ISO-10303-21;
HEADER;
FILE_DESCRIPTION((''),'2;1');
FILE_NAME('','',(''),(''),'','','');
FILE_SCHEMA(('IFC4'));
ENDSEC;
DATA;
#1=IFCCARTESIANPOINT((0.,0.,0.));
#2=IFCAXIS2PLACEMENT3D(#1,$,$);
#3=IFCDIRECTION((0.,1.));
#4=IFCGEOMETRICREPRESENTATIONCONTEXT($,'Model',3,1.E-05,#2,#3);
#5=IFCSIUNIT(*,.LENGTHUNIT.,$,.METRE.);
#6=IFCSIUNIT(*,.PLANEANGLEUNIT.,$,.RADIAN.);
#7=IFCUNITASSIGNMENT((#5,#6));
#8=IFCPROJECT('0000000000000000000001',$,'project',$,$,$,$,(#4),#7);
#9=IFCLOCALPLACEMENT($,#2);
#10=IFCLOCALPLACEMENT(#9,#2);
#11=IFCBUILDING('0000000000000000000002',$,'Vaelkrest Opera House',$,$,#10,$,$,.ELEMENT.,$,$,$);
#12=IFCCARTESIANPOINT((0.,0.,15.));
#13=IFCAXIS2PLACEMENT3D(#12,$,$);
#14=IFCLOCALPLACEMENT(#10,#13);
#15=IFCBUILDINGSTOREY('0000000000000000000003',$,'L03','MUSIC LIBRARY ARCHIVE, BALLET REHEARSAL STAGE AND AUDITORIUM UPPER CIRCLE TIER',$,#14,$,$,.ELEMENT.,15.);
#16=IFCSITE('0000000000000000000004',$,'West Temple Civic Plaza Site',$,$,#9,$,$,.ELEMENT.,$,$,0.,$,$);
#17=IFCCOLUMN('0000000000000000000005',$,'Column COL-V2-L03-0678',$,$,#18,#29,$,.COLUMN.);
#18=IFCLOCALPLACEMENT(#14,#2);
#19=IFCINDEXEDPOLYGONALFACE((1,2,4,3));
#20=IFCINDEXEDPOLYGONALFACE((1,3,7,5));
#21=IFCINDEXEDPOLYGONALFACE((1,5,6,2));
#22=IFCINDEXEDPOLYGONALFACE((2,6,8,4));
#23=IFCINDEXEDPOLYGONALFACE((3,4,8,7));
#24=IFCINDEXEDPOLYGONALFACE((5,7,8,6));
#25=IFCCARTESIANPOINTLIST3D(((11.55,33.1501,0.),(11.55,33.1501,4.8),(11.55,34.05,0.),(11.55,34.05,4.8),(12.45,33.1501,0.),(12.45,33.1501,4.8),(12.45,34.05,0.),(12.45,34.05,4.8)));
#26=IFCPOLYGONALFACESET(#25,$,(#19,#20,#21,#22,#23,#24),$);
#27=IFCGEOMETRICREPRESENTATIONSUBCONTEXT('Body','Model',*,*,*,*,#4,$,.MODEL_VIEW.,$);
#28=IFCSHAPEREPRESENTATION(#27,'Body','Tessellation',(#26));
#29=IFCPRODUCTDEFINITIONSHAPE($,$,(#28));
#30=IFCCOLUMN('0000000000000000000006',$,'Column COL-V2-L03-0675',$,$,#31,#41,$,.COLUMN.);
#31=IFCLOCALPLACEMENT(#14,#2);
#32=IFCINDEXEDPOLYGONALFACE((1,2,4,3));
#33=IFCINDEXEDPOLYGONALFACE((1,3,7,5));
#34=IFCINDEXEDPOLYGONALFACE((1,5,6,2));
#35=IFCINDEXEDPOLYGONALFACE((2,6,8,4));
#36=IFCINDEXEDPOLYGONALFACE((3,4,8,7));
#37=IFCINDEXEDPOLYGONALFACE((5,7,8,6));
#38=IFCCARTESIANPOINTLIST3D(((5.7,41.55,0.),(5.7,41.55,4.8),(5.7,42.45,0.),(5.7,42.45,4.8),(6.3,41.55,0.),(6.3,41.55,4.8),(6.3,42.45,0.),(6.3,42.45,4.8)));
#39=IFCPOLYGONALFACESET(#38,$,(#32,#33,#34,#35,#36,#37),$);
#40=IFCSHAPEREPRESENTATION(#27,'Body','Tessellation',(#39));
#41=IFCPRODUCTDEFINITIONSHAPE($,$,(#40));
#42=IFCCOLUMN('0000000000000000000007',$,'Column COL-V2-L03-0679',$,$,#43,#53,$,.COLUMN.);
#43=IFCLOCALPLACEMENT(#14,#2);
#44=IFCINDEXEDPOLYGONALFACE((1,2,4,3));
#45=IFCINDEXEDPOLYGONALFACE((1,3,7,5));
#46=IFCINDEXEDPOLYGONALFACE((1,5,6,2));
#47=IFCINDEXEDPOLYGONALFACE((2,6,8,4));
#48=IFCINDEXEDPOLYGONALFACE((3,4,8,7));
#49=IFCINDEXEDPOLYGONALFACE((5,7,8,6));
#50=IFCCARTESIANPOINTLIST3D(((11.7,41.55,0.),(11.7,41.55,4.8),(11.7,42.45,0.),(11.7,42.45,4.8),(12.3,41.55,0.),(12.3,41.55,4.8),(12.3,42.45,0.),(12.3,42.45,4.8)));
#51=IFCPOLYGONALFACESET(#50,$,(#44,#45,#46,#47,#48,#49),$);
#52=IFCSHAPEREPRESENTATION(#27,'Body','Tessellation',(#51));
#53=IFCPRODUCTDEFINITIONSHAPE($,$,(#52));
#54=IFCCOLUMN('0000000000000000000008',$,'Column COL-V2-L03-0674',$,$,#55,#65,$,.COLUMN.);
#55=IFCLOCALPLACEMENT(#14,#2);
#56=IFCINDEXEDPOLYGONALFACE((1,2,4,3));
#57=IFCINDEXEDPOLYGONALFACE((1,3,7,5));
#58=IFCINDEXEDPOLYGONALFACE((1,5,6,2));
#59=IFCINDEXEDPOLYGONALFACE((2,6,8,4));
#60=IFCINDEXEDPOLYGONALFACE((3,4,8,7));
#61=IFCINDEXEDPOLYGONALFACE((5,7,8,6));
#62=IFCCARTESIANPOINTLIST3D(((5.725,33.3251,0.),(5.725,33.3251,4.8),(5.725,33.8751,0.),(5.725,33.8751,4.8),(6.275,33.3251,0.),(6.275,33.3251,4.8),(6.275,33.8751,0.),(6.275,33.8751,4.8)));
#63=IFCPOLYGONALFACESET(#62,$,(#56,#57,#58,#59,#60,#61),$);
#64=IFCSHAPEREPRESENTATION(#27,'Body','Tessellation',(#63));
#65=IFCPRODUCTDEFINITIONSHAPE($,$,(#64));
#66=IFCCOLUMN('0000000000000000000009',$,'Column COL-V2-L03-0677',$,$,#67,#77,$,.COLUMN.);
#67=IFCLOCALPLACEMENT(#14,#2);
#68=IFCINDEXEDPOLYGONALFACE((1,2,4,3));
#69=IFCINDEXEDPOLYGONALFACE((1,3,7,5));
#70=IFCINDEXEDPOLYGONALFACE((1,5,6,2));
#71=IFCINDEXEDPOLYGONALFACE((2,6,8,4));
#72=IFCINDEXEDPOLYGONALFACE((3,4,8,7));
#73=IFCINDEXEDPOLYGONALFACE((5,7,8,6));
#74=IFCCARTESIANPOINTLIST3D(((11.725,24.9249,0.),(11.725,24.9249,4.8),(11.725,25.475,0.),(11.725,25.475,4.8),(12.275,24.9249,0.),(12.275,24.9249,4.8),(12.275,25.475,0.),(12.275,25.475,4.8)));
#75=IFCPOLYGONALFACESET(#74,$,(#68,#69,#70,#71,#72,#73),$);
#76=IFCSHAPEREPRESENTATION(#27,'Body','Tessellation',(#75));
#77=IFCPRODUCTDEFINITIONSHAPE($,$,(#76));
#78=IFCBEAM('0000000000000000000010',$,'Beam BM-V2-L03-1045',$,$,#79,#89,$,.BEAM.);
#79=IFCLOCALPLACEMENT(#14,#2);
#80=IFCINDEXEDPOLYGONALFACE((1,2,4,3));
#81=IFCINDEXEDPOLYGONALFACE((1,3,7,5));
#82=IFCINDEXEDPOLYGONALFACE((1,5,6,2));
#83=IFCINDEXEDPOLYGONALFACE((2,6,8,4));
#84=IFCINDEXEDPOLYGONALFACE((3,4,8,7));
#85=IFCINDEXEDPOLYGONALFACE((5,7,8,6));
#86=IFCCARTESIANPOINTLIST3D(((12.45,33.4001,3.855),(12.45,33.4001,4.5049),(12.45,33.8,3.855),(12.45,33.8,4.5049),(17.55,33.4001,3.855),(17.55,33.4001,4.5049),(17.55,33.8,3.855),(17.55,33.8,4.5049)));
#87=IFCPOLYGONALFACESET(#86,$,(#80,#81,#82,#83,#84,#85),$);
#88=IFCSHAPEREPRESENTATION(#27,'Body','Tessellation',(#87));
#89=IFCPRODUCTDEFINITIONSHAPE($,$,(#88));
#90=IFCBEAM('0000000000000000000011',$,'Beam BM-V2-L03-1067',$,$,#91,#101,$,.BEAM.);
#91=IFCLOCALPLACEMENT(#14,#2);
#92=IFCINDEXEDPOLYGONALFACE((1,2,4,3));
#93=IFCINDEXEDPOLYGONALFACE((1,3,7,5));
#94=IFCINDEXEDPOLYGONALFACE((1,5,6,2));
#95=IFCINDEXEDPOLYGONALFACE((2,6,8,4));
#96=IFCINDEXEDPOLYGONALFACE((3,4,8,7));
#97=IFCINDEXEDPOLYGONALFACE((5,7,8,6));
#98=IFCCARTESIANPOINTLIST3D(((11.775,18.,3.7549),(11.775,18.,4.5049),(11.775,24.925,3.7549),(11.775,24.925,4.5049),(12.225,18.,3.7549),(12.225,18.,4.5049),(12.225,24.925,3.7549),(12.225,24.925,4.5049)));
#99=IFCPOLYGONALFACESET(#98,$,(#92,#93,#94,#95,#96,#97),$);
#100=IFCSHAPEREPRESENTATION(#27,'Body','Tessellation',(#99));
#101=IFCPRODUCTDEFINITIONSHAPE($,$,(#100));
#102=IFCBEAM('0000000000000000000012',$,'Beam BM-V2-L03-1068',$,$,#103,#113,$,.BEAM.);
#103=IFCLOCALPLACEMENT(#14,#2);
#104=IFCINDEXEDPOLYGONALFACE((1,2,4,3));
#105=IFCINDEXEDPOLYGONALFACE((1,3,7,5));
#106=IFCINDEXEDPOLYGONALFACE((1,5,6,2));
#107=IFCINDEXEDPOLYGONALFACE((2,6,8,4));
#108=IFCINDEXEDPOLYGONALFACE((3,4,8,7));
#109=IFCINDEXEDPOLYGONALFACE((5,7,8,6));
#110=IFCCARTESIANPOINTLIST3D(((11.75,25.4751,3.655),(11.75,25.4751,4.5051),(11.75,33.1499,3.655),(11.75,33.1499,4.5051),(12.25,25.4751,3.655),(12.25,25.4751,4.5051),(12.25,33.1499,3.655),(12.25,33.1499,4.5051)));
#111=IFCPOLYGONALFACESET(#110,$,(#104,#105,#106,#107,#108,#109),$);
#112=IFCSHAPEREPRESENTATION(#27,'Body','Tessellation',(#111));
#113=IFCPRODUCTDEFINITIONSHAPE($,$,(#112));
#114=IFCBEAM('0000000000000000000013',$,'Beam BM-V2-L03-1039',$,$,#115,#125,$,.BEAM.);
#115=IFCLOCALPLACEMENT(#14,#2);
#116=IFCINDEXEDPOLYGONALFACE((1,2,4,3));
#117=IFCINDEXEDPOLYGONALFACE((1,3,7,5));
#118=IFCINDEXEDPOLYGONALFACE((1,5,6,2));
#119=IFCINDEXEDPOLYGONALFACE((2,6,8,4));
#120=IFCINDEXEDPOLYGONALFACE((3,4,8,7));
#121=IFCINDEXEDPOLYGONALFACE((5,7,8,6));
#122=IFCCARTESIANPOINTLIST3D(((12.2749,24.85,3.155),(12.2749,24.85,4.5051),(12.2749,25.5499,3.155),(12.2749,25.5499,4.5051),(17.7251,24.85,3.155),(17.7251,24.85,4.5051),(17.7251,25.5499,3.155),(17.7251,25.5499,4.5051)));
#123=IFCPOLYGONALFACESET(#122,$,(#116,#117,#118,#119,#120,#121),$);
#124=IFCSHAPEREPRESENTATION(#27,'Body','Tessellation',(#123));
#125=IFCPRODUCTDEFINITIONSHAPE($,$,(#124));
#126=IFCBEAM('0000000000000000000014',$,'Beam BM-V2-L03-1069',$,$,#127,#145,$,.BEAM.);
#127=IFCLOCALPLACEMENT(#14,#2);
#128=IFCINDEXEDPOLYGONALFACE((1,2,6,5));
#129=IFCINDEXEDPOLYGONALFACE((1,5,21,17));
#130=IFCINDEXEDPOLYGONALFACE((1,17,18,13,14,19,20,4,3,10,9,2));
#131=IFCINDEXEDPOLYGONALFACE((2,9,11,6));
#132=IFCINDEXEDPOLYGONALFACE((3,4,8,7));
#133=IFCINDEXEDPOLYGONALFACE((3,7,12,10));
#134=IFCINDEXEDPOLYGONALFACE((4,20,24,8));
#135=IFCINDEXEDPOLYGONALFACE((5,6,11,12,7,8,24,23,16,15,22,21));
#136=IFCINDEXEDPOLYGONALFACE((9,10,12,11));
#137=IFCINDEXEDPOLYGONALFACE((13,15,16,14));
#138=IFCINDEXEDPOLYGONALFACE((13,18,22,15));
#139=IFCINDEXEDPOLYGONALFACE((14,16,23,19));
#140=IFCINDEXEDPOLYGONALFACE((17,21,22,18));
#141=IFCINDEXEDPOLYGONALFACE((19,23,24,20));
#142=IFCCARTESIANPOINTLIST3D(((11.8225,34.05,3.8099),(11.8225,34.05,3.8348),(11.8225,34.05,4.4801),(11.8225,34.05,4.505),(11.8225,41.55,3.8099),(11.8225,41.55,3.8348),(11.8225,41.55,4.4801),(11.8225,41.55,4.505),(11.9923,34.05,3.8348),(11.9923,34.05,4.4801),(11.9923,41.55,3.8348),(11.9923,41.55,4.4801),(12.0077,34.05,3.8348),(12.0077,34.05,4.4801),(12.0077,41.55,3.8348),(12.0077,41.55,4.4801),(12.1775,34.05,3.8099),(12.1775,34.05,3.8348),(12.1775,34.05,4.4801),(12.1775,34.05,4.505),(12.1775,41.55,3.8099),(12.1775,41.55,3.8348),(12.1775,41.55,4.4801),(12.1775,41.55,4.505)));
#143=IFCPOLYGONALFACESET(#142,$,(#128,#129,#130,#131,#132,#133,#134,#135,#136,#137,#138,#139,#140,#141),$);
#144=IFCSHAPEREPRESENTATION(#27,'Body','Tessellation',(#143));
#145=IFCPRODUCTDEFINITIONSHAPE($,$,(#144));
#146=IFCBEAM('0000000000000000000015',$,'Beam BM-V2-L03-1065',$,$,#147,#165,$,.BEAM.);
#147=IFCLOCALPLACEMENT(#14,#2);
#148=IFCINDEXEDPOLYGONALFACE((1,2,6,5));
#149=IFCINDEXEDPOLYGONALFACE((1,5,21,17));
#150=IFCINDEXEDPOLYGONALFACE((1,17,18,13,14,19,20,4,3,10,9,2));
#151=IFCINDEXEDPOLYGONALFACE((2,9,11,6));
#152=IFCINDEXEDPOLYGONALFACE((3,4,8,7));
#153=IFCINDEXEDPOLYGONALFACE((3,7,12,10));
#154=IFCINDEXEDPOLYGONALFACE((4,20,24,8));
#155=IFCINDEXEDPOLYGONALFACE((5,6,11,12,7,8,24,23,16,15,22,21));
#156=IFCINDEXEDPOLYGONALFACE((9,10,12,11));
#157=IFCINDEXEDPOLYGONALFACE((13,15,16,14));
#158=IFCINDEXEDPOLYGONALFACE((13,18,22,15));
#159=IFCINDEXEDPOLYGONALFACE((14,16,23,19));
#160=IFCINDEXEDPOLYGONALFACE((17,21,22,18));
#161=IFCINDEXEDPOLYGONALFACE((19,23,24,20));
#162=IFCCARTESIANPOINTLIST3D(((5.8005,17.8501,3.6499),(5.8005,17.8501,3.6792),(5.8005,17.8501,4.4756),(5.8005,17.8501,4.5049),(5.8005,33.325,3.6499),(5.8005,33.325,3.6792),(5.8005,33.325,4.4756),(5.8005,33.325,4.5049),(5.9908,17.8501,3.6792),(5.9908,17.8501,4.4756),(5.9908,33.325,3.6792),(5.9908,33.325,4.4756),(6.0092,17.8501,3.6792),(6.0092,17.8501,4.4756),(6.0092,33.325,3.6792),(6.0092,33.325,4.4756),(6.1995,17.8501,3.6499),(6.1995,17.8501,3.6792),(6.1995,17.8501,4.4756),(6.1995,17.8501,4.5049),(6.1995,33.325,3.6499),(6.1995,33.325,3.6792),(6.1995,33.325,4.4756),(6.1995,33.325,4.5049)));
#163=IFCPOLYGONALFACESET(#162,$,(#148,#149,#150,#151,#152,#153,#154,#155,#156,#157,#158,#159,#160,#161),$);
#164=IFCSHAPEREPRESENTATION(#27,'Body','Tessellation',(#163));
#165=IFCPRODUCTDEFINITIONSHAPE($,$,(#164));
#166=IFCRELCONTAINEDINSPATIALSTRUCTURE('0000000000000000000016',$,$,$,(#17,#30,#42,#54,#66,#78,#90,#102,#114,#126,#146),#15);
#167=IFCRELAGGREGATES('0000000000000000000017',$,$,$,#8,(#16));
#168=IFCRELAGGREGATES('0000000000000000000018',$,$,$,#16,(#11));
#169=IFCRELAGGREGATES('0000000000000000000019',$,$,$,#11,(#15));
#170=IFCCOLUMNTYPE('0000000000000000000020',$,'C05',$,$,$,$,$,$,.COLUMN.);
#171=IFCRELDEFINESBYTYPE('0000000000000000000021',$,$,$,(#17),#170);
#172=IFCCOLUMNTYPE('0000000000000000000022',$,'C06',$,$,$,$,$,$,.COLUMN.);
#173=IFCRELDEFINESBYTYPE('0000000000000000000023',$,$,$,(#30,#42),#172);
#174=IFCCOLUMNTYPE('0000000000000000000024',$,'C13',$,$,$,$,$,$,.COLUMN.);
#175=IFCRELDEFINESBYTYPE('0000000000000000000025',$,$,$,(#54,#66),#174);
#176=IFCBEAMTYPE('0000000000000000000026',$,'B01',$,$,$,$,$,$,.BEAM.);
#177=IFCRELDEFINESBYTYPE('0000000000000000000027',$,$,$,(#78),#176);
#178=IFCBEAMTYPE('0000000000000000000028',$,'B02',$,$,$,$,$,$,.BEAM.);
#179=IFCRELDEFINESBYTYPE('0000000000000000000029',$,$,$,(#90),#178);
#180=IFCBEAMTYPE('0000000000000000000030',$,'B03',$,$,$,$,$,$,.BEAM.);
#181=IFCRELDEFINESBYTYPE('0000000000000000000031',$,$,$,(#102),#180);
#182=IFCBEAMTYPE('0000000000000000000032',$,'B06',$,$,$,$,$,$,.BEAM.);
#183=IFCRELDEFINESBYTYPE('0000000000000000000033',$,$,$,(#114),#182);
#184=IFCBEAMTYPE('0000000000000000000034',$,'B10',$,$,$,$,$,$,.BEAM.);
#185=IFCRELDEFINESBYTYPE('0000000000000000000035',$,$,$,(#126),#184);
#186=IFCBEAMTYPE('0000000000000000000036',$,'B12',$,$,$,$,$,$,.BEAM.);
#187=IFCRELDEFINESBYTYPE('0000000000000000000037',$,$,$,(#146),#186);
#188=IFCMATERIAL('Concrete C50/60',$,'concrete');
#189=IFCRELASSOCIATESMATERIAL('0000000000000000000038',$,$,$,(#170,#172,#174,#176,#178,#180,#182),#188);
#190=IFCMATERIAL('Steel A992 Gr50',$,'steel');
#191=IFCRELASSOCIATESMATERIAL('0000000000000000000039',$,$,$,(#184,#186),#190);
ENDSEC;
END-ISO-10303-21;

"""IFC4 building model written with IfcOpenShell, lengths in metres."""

from ifc_helpers import new_model, si_unit, direction, frame, origin, origin_2d, place, context, subcontext, project, spatial, rectangle, i_section, extrude, material, material_profile, profile_set, type_object, element, save


model = new_model("IFC4")

# Units and contexts
model_context = context("Model", 3, precision=1e-05, world=origin(), true_north=direction((0.0, 1.0)))
body_context = subcontext(model_context, "Body", "Model", "MODEL_VIEW")
ifc_project = project(units=[si_unit("LENGTHUNIT", "METRE"), si_unit("PLANEANGLEUNIT", "RADIAN")], contexts=[model_context])

# Site, building, storey
site_placement = place(None, origin())
site = spatial("IfcSite", under=ifc_project, at=site_placement, Name="West Temple Civic Plaza Site", CompositionType="ELEMENT", RefElevation=0.0)
building_placement = place(site_placement, origin())
building = spatial("IfcBuilding", under=site, at=building_placement, Name="Vaelkrest Opera House", CompositionType="ELEMENT")
storey_placement = place(building_placement, frame((0.0, 0.0, 15.0)))
storey = spatial("IfcBuildingStorey", under=building, at=storey_placement, Name="L03", Description="MUSIC LIBRARY ARCHIVE, BALLET REHEARSAL STAGE AND AUDITORIUM UPPER CIRCLE TIER", CompositionType="ELEMENT", Elevation=15.0)

# Columns
ifc_material_1 = material(Name="Concrete C50/60", Category="concrete")
ifc_material_profile_1 = material_profile(ifc_material_1, rectangle(XDim=0.8999, YDim=0.8999, at=origin_2d()), Name="RC900X900")
ifc_profile_set_1 = profile_set([ifc_material_profile_1], Name="Concrete C50/60")
column_type_1 = type_object("IfcColumnType", Name="C05", PredefinedType="COLUMN", material=ifc_profile_set_1)
column_placement = place(storey_placement, frame((12.0, 33.6001, 0.0), z_axis=(0.0, 0.0, 1.0), x_axis=(1.0, 0.0, 0.0)))
element("IfcColumn", 1, at=column_placement, inside=storey, type_object=column_type_1, Name="Column COL-V2-L03-0678", PredefinedType="COLUMN", context=body_context, shape_type="SweptSolid", body=[
    extrude(rectangle(XDim=0.8999, YDim=0.8999, at=origin_2d()), origin(), (0.0, 0.0, 1.0), 4.8),
])
ifc_material_profile_2 = material_profile(ifc_material_1, rectangle(XDim=0.6001, YDim=0.8999, at=origin_2d()), Name="RC600X900")
ifc_profile_set_2 = profile_set([ifc_material_profile_2], Name="Concrete C50/60")
column_type_2 = type_object("IfcColumnType", Name="C06", PredefinedType="COLUMN", material=ifc_profile_set_2)
for number, where, z_axis, x_axis, name in (
    (2, (6.0, 42.0, 0.0), (0.0, 0.0, 1.0), (1.0, 0.0, 0.0), "Column COL-V2-L03-0675"),
    (3, (12.0, 42.0, 0.0), (0.0, 0.0, 1.0), (1.0, 0.0, 0.0), "Column COL-V2-L03-0679"),
):
    element("IfcColumn", number, at=place(storey_placement, frame(where, z_axis=z_axis, x_axis=x_axis)), inside=storey, type_object=column_type_2, Name=name, PredefinedType="COLUMN", context=body_context, shape_type="SweptSolid", body=[
        extrude(rectangle(XDim=0.6001, YDim=0.8999, at=origin_2d()), origin(), (0.0, 0.0, 1.0), 4.8),
    ])
ifc_material_profile_3 = material_profile(ifc_material_1, rectangle(XDim=0.55, YDim=0.55, at=origin_2d()), Name="RC550X550")
ifc_profile_set_3 = profile_set([ifc_material_profile_3], Name="Concrete C50/60")
column_type_3 = type_object("IfcColumnType", Name="C13", PredefinedType="COLUMN", material=ifc_profile_set_3)
for number, where, z_axis, x_axis, name in (
    (4, (6.0, 33.6001, 0.0), (0.0, 0.0, 1.0), (1.0, 0.0, 0.0), "Column COL-V2-L03-0674"),
    (5, (12.0, 25.2, 0.0), (0.0, 0.0, 1.0), (1.0, 0.0, 0.0), "Column COL-V2-L03-0677"),
):
    element("IfcColumn", number, at=place(storey_placement, frame(where, z_axis=z_axis, x_axis=x_axis)), inside=storey, type_object=column_type_3, Name=name, PredefinedType="COLUMN", context=body_context, shape_type="SweptSolid", body=[
        extrude(rectangle(XDim=0.55, YDim=0.55, at=origin_2d()), origin(), (0.0, 0.0, 1.0), 4.8),
    ])

# Beams
ifc_material_profile_4 = material_profile(ifc_material_1, rectangle(XDim=0.3999, YDim=0.6499, at=origin_2d()), Name="RCB400X650")
ifc_profile_set_4 = profile_set([ifc_material_profile_4], Name="Concrete C50/60")
beam_type_1 = type_object("IfcBeamType", Name="B01", PredefinedType="BEAM", material=ifc_profile_set_4)
beam_1_placement = place(storey_placement, frame((12.45, 33.6001, 4.1799), z_axis=(1.0, 0.0, 0.0), x_axis=(0.0, 1.0, 0.0)))
element("IfcBeam", 6, at=beam_1_placement, inside=storey, type_object=beam_type_1, Name="Beam BM-V2-L03-1045", PredefinedType="BEAM", context=body_context, shape_type="SweptSolid", body=[
    extrude(rectangle(XDim=0.3999, YDim=0.6499, at=origin_2d()), origin(), (0.0, 0.0, 1.0), 5.1001),
])
ifc_material_profile_5 = material_profile(ifc_material_1, rectangle(XDim=0.45, YDim=0.75, at=origin_2d()), Name="RCB450X750")
ifc_profile_set_5 = profile_set([ifc_material_profile_5], Name="Concrete C50/60")
beam_type_2 = type_object("IfcBeamType", Name="B02", PredefinedType="BEAM", material=ifc_profile_set_5)
beam_2_placement = place(storey_placement, frame((12.0, 18.0, 4.1299), z_axis=(0.0, 1.0, 0.0), x_axis=(-1.0, 0.0, 0.0)))
element("IfcBeam", 7, at=beam_2_placement, inside=storey, type_object=beam_type_2, Name="Beam BM-V2-L03-1067", PredefinedType="BEAM", context=body_context, shape_type="SweptSolid", body=[
    extrude(rectangle(XDim=0.45, YDim=0.75, at=origin_2d()), origin(), (0.0, 0.0, 1.0), 6.925),
])
ifc_material_profile_6 = material_profile(ifc_material_1, rectangle(XDim=0.5, YDim=0.8501, at=origin_2d()), Name="RCB500X850")
ifc_profile_set_6 = profile_set([ifc_material_profile_6], Name="Concrete C50/60")
beam_type_3 = type_object("IfcBeamType", Name="B03", PredefinedType="BEAM", material=ifc_profile_set_6)
beam_3_placement = place(storey_placement, frame((12.0, 25.4751, 4.0801), z_axis=(0.0, 1.0, 0.0), x_axis=(-1.0, 0.0, 0.0)))
element("IfcBeam", 8, at=beam_3_placement, inside=storey, type_object=beam_type_3, Name="Beam BM-V2-L03-1068", PredefinedType="BEAM", context=body_context, shape_type="SweptSolid", body=[
    extrude(rectangle(XDim=0.5, YDim=0.8501, at=origin_2d()), origin(), (0.0, 0.0, 1.0), 7.6748),
])
ifc_material_profile_7 = material_profile(ifc_material_1, rectangle(XDim=0.7, YDim=1.3501, at=origin_2d()), Name="RCB700X1350")
ifc_profile_set_7 = profile_set([ifc_material_profile_7], Name="Concrete C50/60")
beam_type_4 = type_object("IfcBeamType", Name="B06", PredefinedType="BEAM", material=ifc_profile_set_7)
beam_4_placement = place(storey_placement, frame((12.2749, 25.2, 3.8301), z_axis=(1.0, 0.0, 0.0), x_axis=(0.0, 1.0, 0.0)))
element("IfcBeam", 9, at=beam_4_placement, inside=storey, type_object=beam_type_4, Name="Beam BM-V2-L03-1039", PredefinedType="BEAM", context=body_context, shape_type="SweptSolid", body=[
    extrude(rectangle(XDim=0.7, YDim=1.3501, at=origin_2d()), origin(), (0.0, 0.0, 1.0), 5.4502),
])
ifc_material_2 = material(Name="Steel A992 Gr50", Category="steel")
ifc_material_profile_8 = material_profile(ifc_material_2, i_section(OverallWidth=0.355, OverallDepth=0.6951, WebThickness=0.0154, FlangeThickness=0.0249, at=origin_2d()), Name="W27X146")
ifc_profile_set_8 = profile_set([ifc_material_profile_8], Name="Steel A992 Gr50")
beam_type_5 = type_object("IfcBeamType", Name="B10", PredefinedType="BEAM", material=ifc_profile_set_8)
beam_5_placement = place(storey_placement, frame((12.0, 34.05, 4.1575), z_axis=(0.0, 1.0, 0.0), x_axis=(-1.0, 0.0, 0.0)))
element("IfcBeam", 10, at=beam_5_placement, inside=storey, type_object=beam_type_5, Name="Beam BM-V2-L03-1069", PredefinedType="BEAM", context=body_context, shape_type="SweptSolid", body=[
    extrude(i_section(OverallWidth=0.355, OverallDepth=0.6951, WebThickness=0.0154, FlangeThickness=0.0249, at=origin_2d()), origin(), (0.0, 0.0, 1.0), 7.5),
])
ifc_material_profile_9 = material_profile(ifc_material_2, i_section(OverallWidth=0.3989, OverallDepth=0.855, WebThickness=0.0183, FlangeThickness=0.0293, at=origin_2d()), Name="W33X201")
ifc_profile_set_9 = profile_set([ifc_material_profile_9], Name="Steel A992 Gr50")
beam_type_6 = type_object("IfcBeamType", Name="B12", PredefinedType="BEAM", material=ifc_profile_set_9)
beam_6_placement = place(storey_placement, frame((6.0, 17.8501, 4.0774), z_axis=(0.0, 1.0, 0.0), x_axis=(-1.0, 0.0, 0.0)))
element("IfcBeam", 11, at=beam_6_placement, inside=storey, type_object=beam_type_6, Name="Beam BM-V2-L03-1065", PredefinedType="BEAM", context=body_context, shape_type="SweptSolid", body=[
    extrude(i_section(OverallWidth=0.3989, OverallDepth=0.855, WebThickness=0.0183, FlangeThickness=0.0293, at=origin_2d()), origin(), (0.0, 0.0, 1.0), 15.4749),
])

save(model, "model.ifc")
